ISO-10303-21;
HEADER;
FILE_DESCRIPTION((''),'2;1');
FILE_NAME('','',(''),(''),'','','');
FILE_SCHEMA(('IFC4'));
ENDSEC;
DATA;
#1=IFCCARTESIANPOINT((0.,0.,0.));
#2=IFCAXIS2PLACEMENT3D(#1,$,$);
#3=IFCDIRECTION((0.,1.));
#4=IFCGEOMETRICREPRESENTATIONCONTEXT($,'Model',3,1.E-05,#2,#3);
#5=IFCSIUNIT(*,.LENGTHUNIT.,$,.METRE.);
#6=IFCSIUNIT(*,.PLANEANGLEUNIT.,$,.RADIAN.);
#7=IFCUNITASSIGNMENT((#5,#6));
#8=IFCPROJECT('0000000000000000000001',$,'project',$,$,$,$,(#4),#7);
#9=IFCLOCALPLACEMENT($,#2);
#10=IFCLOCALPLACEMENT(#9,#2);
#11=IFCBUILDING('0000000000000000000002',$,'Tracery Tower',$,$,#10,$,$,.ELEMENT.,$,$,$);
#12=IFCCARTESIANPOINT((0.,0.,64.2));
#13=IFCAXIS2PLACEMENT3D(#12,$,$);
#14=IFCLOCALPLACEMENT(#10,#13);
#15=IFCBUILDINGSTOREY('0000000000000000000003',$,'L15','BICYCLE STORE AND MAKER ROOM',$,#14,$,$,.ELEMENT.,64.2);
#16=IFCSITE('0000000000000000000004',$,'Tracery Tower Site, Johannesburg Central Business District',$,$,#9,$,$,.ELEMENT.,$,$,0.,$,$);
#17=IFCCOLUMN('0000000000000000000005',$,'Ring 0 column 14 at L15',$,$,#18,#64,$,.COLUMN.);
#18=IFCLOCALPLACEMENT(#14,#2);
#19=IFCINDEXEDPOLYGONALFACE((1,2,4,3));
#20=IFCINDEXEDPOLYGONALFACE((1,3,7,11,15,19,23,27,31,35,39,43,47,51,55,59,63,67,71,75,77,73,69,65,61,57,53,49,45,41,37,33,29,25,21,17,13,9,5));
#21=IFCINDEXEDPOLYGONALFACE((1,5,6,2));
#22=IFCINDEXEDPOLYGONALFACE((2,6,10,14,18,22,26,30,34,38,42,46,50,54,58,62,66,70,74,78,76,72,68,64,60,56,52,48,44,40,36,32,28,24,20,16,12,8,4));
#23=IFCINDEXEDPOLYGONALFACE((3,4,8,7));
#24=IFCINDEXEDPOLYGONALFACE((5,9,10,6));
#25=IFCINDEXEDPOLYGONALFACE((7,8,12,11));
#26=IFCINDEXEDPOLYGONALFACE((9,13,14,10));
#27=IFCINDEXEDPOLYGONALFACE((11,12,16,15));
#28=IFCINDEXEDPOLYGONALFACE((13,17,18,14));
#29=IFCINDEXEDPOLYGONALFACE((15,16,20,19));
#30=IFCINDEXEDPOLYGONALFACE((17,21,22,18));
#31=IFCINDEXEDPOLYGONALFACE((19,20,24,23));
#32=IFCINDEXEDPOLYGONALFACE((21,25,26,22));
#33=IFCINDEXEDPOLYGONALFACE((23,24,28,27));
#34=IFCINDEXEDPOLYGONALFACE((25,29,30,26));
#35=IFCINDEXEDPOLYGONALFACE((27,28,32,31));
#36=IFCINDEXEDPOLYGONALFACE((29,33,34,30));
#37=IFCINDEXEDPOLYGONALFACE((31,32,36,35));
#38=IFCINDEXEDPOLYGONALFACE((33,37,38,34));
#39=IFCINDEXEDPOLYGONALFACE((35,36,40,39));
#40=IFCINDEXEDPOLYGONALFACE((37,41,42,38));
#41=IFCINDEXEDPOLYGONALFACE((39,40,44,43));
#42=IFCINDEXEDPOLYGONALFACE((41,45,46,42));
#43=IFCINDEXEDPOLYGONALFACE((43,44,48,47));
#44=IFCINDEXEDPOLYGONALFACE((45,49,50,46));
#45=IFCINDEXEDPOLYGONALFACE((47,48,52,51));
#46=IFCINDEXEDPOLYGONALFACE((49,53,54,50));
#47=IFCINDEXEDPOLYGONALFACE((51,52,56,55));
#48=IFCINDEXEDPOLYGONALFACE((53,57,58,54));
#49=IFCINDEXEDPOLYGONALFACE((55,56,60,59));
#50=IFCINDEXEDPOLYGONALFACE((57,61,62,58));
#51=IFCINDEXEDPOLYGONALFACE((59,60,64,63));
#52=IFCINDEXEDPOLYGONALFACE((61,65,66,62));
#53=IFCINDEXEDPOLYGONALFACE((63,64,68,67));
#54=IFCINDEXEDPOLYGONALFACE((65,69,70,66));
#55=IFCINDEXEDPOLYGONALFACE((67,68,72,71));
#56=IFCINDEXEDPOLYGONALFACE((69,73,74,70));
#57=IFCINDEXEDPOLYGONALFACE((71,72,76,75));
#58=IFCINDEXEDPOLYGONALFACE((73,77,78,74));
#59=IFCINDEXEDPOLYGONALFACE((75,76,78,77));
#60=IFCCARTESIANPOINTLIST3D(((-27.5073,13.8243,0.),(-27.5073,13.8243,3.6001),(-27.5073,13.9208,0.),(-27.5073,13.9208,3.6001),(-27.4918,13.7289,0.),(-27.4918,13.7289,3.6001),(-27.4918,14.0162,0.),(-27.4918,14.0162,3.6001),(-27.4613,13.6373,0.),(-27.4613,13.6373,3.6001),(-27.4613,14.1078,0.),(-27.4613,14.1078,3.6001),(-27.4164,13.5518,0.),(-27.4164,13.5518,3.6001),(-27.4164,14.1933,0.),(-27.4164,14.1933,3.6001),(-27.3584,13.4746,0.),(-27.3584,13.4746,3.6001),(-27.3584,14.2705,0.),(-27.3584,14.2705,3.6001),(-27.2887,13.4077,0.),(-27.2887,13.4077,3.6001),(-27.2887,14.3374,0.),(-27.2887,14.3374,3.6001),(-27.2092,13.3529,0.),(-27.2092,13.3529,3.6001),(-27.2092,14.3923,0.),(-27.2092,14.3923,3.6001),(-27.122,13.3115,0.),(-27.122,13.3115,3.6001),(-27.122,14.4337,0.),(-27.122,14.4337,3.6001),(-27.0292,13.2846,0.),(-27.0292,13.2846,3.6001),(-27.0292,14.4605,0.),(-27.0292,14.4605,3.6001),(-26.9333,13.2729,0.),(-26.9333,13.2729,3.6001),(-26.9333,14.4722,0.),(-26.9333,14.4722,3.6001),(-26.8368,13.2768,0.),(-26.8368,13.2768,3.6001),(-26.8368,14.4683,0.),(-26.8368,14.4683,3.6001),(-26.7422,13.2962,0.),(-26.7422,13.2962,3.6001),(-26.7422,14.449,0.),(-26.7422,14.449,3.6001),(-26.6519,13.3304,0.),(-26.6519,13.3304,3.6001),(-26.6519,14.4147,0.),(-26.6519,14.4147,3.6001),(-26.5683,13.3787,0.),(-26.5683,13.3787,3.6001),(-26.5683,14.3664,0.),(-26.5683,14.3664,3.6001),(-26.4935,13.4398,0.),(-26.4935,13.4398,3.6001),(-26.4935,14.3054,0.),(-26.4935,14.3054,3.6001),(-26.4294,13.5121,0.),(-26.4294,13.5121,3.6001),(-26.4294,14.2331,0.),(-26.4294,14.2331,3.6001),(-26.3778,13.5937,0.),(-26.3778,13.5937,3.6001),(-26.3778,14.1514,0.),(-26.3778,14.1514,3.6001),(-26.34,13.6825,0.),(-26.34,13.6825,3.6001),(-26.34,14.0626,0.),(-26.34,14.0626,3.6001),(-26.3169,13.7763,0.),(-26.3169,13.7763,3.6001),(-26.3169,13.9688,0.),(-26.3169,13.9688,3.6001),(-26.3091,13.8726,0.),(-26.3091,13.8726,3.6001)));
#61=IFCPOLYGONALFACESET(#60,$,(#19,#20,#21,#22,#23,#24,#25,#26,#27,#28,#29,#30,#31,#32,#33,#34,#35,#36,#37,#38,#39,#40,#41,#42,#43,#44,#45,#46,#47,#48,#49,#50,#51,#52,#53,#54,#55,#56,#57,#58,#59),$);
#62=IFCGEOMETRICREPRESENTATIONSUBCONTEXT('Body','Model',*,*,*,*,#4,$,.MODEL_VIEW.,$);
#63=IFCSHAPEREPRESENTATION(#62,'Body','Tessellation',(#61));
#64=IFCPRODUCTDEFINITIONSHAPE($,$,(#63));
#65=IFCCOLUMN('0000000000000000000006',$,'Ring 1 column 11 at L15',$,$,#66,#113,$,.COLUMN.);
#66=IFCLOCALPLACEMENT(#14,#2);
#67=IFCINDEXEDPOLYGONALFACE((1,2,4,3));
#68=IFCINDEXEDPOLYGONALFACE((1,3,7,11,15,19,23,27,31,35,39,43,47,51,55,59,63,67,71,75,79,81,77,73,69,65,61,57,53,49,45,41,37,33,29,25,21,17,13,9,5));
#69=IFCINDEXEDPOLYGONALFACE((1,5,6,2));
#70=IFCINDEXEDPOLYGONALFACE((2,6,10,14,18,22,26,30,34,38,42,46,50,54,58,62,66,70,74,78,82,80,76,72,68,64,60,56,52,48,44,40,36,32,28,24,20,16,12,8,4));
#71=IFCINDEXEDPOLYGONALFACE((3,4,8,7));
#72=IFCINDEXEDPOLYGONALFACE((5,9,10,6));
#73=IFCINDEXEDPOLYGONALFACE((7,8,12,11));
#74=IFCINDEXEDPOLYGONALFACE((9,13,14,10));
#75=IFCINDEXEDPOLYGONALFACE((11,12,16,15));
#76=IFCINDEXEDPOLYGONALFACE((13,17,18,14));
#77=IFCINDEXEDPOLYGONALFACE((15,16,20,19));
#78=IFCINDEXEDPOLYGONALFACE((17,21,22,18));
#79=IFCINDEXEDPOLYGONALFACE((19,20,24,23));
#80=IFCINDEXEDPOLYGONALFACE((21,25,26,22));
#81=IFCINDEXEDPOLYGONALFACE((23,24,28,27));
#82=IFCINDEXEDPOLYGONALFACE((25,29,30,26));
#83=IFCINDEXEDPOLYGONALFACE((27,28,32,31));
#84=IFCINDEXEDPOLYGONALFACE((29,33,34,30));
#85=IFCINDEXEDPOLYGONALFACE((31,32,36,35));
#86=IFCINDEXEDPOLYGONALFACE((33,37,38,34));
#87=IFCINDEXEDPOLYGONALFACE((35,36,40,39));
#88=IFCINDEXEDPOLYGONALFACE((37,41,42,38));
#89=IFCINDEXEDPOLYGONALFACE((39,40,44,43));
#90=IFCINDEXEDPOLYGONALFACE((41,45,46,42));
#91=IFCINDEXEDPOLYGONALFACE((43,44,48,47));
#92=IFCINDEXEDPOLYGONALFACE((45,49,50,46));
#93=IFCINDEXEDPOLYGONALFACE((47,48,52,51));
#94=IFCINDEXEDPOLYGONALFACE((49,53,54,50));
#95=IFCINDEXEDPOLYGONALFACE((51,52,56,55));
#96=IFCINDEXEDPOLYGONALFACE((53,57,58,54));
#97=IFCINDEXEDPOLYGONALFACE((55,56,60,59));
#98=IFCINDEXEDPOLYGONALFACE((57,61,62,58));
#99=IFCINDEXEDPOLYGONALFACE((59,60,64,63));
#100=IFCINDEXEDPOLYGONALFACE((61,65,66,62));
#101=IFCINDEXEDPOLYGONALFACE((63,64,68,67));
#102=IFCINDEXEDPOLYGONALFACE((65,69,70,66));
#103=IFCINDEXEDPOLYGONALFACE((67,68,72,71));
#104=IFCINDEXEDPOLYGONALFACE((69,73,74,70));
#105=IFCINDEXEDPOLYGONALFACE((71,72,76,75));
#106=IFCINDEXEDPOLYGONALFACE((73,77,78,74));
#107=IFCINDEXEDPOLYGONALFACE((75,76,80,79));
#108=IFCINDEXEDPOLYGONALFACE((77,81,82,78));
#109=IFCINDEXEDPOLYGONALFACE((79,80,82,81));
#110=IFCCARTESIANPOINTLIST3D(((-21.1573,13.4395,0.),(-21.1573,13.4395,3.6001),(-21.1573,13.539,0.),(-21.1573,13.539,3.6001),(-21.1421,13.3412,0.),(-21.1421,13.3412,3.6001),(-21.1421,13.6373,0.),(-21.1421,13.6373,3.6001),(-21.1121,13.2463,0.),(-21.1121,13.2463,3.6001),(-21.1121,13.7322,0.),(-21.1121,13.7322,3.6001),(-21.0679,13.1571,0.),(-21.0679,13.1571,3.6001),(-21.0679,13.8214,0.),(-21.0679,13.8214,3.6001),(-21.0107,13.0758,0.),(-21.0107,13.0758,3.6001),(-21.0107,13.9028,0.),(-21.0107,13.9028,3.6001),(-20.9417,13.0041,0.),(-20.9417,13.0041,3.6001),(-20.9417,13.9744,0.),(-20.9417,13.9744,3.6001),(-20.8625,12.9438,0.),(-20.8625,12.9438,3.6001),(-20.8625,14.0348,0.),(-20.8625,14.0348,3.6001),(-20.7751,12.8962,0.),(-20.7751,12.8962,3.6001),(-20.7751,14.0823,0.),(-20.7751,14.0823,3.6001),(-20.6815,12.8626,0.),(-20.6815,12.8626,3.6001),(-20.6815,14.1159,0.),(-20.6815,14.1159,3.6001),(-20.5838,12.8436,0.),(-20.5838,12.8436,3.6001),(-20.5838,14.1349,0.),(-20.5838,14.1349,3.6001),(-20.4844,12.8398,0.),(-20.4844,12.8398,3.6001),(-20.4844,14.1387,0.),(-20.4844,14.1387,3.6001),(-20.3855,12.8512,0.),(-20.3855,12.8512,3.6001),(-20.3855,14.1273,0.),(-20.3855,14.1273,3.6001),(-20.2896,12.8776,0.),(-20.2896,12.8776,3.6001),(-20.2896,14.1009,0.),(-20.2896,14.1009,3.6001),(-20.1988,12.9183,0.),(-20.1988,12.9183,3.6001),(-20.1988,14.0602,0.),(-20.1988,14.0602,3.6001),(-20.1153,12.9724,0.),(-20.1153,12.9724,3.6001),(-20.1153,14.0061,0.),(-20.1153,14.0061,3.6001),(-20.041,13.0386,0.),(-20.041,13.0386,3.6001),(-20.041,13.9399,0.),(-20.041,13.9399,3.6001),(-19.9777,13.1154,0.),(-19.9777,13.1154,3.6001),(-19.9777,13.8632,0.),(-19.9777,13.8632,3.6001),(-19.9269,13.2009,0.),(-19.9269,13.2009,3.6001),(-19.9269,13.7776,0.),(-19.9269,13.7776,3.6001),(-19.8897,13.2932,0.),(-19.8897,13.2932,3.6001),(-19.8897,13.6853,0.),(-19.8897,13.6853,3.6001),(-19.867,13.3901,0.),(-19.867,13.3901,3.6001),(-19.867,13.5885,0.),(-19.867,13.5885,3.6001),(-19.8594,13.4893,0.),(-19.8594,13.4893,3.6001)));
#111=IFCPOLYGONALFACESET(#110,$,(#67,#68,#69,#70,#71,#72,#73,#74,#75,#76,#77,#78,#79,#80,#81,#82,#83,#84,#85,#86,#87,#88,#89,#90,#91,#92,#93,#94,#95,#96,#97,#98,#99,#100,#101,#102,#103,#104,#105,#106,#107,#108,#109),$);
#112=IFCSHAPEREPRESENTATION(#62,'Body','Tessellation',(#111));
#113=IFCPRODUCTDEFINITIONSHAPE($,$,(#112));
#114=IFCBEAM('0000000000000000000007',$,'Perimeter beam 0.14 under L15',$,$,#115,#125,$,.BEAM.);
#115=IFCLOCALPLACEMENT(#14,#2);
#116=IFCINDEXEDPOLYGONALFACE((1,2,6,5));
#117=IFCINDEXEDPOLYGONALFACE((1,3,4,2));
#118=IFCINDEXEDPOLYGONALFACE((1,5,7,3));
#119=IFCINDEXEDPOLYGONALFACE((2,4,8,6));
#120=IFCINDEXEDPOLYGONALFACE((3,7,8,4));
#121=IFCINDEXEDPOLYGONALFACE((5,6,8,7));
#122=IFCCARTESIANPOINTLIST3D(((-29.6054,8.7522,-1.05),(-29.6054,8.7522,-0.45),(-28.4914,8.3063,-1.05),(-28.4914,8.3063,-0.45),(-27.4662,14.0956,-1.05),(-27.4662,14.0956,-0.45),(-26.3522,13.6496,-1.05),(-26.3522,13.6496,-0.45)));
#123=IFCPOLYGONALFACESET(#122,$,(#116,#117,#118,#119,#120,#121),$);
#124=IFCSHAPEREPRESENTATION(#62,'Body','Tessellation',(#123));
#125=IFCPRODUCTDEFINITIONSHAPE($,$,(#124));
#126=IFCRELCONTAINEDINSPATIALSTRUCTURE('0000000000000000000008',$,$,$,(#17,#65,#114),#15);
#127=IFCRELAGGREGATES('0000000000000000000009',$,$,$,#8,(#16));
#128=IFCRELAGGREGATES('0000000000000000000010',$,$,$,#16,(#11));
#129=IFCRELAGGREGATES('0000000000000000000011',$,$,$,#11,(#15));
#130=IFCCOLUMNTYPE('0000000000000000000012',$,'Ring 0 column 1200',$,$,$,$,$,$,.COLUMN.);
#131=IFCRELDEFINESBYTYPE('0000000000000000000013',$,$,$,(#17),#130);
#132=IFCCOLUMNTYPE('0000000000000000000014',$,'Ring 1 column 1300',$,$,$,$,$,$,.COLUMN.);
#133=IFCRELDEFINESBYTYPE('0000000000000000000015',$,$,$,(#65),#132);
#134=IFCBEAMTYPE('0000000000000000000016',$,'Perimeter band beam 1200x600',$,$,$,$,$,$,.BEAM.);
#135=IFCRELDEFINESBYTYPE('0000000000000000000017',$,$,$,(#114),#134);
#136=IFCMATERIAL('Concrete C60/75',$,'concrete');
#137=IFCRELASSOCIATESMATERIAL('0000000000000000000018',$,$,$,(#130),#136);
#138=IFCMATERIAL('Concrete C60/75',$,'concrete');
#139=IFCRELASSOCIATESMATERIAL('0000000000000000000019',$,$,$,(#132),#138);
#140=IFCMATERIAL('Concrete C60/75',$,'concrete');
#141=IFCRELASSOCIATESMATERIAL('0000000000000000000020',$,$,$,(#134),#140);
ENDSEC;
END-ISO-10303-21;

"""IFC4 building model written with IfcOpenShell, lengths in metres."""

from ifc_helpers import new_model, si_unit, direction, frame, origin, origin_2d, place, context, subcontext, project, spatial, rectangle, circle, extrude, material, material_profile, profile_set, type_object, element, save


model = new_model("IFC4")

# Units and contexts
model_context = context("Model", 3, precision=1e-05, world=origin(), true_north=direction((0.0, 1.0)))
body_context = subcontext(model_context, "Body", "Model", "MODEL_VIEW")
ifc_project = project(units=[si_unit("LENGTHUNIT", "METRE"), si_unit("PLANEANGLEUNIT", "RADIAN")], contexts=[model_context])

# Site, building, storey
site_placement = place(None, origin())
site = spatial("IfcSite", under=ifc_project, at=site_placement, Name="Tracery Tower Site, Johannesburg Central Business District", CompositionType="ELEMENT", RefElevation=0.0)
building_placement = place(site_placement, origin())
building = spatial("IfcBuilding", under=site, at=building_placement, Name="Tracery Tower", CompositionType="ELEMENT")
storey_placement = place(building_placement, frame((0.0, 0.0, 64.2)))
storey = spatial("IfcBuildingStorey", under=building, at=storey_placement, Name="L15", Description="BICYCLE STORE AND MAKER ROOM", CompositionType="ELEMENT", Elevation=64.2)

# Columns
ifc_material_1 = material(Name="Concrete C60/75", Category="concrete")
ifc_material_profile_1 = material_profile(ifc_material_1, circle(Radius=0.6001, at=origin_2d()), Name="RC D1200")
ifc_profile_set_1 = profile_set([ifc_material_profile_1], Name="Concrete C60/75")
column_type_1 = type_object("IfcColumnType", Name="Ring 0 column 1200", PredefinedType="COLUMN", material=ifc_profile_set_1)
column_1_placement = place(storey_placement, frame((-26.9092, 13.8726, 0.0), z_axis=(0.0, 0.0, 1.0), x_axis=(1.0, 0.0, 0.0)))
element("IfcColumn", 1, at=column_1_placement, inside=storey, type_object=column_type_1, Name="Ring 0 column 14 at L15", PredefinedType="COLUMN", context=body_context, shape_type="SweptSolid", body=[
    extrude(circle(Radius=0.6001, at=origin_2d()), origin(), (0.0, 0.0, 1.0), 3.6001),
])
ifc_material_2 = material(Name="Concrete C60/75", Category="concrete")
ifc_material_profile_2 = material_profile(ifc_material_2, circle(Radius=0.6499, at=origin_2d()), Name="RC D1300")
ifc_profile_set_2 = profile_set([ifc_material_profile_2], Name="Concrete C60/75")
column_type_2 = type_object("IfcColumnType", Name="Ring 1 column 1300", PredefinedType="COLUMN", material=ifc_profile_set_2)
column_2_placement = place(storey_placement, frame((-20.5093, 13.4893, 0.0), z_axis=(0.0, 0.0, 1.0), x_axis=(1.0, 0.0, 0.0)))
element("IfcColumn", 2, at=column_2_placement, inside=storey, type_object=column_type_2, Name="Ring 1 column 11 at L15", PredefinedType="COLUMN", context=body_context, shape_type="SweptSolid", body=[
    extrude(circle(Radius=0.6499, at=origin_2d()), origin(), (0.0, 0.0, 1.0), 3.6001),
])

# Beam
ifc_material_3 = material(Name="Concrete C60/75", Category="concrete")
ifc_material_profile_3 = material_profile(ifc_material_3, rectangle(XDim=1.2, YDim=0.6001, at=origin_2d()), Name="RC 1200x600")
ifc_profile_set_3 = profile_set([ifc_material_profile_3], Name="Concrete C60/75")
beam_type = type_object("IfcBeamType", Name="Perimeter band beam 1200x600", PredefinedType="BEAM", material=ifc_profile_set_3)
beam_placement = place(storey_placement, frame((-26.9092, 13.8726, -0.75), z_axis=(-0.371669, -0.928365, 0.0), x_axis=(0.928365, -0.371669, 0.0)))
element("IfcBeam", 3, at=beam_placement, inside=storey, type_object=beam_type, Name="Perimeter beam 0.14 under L15", PredefinedType="BEAM", context=body_context, shape_type="SweptSolid", body=[
    extrude(rectangle(XDim=1.2, YDim=0.6001, at=origin_2d()), origin(), (0.0, 0.0, 1.0), 5.7556),
])

save(model, "model.ifc")
